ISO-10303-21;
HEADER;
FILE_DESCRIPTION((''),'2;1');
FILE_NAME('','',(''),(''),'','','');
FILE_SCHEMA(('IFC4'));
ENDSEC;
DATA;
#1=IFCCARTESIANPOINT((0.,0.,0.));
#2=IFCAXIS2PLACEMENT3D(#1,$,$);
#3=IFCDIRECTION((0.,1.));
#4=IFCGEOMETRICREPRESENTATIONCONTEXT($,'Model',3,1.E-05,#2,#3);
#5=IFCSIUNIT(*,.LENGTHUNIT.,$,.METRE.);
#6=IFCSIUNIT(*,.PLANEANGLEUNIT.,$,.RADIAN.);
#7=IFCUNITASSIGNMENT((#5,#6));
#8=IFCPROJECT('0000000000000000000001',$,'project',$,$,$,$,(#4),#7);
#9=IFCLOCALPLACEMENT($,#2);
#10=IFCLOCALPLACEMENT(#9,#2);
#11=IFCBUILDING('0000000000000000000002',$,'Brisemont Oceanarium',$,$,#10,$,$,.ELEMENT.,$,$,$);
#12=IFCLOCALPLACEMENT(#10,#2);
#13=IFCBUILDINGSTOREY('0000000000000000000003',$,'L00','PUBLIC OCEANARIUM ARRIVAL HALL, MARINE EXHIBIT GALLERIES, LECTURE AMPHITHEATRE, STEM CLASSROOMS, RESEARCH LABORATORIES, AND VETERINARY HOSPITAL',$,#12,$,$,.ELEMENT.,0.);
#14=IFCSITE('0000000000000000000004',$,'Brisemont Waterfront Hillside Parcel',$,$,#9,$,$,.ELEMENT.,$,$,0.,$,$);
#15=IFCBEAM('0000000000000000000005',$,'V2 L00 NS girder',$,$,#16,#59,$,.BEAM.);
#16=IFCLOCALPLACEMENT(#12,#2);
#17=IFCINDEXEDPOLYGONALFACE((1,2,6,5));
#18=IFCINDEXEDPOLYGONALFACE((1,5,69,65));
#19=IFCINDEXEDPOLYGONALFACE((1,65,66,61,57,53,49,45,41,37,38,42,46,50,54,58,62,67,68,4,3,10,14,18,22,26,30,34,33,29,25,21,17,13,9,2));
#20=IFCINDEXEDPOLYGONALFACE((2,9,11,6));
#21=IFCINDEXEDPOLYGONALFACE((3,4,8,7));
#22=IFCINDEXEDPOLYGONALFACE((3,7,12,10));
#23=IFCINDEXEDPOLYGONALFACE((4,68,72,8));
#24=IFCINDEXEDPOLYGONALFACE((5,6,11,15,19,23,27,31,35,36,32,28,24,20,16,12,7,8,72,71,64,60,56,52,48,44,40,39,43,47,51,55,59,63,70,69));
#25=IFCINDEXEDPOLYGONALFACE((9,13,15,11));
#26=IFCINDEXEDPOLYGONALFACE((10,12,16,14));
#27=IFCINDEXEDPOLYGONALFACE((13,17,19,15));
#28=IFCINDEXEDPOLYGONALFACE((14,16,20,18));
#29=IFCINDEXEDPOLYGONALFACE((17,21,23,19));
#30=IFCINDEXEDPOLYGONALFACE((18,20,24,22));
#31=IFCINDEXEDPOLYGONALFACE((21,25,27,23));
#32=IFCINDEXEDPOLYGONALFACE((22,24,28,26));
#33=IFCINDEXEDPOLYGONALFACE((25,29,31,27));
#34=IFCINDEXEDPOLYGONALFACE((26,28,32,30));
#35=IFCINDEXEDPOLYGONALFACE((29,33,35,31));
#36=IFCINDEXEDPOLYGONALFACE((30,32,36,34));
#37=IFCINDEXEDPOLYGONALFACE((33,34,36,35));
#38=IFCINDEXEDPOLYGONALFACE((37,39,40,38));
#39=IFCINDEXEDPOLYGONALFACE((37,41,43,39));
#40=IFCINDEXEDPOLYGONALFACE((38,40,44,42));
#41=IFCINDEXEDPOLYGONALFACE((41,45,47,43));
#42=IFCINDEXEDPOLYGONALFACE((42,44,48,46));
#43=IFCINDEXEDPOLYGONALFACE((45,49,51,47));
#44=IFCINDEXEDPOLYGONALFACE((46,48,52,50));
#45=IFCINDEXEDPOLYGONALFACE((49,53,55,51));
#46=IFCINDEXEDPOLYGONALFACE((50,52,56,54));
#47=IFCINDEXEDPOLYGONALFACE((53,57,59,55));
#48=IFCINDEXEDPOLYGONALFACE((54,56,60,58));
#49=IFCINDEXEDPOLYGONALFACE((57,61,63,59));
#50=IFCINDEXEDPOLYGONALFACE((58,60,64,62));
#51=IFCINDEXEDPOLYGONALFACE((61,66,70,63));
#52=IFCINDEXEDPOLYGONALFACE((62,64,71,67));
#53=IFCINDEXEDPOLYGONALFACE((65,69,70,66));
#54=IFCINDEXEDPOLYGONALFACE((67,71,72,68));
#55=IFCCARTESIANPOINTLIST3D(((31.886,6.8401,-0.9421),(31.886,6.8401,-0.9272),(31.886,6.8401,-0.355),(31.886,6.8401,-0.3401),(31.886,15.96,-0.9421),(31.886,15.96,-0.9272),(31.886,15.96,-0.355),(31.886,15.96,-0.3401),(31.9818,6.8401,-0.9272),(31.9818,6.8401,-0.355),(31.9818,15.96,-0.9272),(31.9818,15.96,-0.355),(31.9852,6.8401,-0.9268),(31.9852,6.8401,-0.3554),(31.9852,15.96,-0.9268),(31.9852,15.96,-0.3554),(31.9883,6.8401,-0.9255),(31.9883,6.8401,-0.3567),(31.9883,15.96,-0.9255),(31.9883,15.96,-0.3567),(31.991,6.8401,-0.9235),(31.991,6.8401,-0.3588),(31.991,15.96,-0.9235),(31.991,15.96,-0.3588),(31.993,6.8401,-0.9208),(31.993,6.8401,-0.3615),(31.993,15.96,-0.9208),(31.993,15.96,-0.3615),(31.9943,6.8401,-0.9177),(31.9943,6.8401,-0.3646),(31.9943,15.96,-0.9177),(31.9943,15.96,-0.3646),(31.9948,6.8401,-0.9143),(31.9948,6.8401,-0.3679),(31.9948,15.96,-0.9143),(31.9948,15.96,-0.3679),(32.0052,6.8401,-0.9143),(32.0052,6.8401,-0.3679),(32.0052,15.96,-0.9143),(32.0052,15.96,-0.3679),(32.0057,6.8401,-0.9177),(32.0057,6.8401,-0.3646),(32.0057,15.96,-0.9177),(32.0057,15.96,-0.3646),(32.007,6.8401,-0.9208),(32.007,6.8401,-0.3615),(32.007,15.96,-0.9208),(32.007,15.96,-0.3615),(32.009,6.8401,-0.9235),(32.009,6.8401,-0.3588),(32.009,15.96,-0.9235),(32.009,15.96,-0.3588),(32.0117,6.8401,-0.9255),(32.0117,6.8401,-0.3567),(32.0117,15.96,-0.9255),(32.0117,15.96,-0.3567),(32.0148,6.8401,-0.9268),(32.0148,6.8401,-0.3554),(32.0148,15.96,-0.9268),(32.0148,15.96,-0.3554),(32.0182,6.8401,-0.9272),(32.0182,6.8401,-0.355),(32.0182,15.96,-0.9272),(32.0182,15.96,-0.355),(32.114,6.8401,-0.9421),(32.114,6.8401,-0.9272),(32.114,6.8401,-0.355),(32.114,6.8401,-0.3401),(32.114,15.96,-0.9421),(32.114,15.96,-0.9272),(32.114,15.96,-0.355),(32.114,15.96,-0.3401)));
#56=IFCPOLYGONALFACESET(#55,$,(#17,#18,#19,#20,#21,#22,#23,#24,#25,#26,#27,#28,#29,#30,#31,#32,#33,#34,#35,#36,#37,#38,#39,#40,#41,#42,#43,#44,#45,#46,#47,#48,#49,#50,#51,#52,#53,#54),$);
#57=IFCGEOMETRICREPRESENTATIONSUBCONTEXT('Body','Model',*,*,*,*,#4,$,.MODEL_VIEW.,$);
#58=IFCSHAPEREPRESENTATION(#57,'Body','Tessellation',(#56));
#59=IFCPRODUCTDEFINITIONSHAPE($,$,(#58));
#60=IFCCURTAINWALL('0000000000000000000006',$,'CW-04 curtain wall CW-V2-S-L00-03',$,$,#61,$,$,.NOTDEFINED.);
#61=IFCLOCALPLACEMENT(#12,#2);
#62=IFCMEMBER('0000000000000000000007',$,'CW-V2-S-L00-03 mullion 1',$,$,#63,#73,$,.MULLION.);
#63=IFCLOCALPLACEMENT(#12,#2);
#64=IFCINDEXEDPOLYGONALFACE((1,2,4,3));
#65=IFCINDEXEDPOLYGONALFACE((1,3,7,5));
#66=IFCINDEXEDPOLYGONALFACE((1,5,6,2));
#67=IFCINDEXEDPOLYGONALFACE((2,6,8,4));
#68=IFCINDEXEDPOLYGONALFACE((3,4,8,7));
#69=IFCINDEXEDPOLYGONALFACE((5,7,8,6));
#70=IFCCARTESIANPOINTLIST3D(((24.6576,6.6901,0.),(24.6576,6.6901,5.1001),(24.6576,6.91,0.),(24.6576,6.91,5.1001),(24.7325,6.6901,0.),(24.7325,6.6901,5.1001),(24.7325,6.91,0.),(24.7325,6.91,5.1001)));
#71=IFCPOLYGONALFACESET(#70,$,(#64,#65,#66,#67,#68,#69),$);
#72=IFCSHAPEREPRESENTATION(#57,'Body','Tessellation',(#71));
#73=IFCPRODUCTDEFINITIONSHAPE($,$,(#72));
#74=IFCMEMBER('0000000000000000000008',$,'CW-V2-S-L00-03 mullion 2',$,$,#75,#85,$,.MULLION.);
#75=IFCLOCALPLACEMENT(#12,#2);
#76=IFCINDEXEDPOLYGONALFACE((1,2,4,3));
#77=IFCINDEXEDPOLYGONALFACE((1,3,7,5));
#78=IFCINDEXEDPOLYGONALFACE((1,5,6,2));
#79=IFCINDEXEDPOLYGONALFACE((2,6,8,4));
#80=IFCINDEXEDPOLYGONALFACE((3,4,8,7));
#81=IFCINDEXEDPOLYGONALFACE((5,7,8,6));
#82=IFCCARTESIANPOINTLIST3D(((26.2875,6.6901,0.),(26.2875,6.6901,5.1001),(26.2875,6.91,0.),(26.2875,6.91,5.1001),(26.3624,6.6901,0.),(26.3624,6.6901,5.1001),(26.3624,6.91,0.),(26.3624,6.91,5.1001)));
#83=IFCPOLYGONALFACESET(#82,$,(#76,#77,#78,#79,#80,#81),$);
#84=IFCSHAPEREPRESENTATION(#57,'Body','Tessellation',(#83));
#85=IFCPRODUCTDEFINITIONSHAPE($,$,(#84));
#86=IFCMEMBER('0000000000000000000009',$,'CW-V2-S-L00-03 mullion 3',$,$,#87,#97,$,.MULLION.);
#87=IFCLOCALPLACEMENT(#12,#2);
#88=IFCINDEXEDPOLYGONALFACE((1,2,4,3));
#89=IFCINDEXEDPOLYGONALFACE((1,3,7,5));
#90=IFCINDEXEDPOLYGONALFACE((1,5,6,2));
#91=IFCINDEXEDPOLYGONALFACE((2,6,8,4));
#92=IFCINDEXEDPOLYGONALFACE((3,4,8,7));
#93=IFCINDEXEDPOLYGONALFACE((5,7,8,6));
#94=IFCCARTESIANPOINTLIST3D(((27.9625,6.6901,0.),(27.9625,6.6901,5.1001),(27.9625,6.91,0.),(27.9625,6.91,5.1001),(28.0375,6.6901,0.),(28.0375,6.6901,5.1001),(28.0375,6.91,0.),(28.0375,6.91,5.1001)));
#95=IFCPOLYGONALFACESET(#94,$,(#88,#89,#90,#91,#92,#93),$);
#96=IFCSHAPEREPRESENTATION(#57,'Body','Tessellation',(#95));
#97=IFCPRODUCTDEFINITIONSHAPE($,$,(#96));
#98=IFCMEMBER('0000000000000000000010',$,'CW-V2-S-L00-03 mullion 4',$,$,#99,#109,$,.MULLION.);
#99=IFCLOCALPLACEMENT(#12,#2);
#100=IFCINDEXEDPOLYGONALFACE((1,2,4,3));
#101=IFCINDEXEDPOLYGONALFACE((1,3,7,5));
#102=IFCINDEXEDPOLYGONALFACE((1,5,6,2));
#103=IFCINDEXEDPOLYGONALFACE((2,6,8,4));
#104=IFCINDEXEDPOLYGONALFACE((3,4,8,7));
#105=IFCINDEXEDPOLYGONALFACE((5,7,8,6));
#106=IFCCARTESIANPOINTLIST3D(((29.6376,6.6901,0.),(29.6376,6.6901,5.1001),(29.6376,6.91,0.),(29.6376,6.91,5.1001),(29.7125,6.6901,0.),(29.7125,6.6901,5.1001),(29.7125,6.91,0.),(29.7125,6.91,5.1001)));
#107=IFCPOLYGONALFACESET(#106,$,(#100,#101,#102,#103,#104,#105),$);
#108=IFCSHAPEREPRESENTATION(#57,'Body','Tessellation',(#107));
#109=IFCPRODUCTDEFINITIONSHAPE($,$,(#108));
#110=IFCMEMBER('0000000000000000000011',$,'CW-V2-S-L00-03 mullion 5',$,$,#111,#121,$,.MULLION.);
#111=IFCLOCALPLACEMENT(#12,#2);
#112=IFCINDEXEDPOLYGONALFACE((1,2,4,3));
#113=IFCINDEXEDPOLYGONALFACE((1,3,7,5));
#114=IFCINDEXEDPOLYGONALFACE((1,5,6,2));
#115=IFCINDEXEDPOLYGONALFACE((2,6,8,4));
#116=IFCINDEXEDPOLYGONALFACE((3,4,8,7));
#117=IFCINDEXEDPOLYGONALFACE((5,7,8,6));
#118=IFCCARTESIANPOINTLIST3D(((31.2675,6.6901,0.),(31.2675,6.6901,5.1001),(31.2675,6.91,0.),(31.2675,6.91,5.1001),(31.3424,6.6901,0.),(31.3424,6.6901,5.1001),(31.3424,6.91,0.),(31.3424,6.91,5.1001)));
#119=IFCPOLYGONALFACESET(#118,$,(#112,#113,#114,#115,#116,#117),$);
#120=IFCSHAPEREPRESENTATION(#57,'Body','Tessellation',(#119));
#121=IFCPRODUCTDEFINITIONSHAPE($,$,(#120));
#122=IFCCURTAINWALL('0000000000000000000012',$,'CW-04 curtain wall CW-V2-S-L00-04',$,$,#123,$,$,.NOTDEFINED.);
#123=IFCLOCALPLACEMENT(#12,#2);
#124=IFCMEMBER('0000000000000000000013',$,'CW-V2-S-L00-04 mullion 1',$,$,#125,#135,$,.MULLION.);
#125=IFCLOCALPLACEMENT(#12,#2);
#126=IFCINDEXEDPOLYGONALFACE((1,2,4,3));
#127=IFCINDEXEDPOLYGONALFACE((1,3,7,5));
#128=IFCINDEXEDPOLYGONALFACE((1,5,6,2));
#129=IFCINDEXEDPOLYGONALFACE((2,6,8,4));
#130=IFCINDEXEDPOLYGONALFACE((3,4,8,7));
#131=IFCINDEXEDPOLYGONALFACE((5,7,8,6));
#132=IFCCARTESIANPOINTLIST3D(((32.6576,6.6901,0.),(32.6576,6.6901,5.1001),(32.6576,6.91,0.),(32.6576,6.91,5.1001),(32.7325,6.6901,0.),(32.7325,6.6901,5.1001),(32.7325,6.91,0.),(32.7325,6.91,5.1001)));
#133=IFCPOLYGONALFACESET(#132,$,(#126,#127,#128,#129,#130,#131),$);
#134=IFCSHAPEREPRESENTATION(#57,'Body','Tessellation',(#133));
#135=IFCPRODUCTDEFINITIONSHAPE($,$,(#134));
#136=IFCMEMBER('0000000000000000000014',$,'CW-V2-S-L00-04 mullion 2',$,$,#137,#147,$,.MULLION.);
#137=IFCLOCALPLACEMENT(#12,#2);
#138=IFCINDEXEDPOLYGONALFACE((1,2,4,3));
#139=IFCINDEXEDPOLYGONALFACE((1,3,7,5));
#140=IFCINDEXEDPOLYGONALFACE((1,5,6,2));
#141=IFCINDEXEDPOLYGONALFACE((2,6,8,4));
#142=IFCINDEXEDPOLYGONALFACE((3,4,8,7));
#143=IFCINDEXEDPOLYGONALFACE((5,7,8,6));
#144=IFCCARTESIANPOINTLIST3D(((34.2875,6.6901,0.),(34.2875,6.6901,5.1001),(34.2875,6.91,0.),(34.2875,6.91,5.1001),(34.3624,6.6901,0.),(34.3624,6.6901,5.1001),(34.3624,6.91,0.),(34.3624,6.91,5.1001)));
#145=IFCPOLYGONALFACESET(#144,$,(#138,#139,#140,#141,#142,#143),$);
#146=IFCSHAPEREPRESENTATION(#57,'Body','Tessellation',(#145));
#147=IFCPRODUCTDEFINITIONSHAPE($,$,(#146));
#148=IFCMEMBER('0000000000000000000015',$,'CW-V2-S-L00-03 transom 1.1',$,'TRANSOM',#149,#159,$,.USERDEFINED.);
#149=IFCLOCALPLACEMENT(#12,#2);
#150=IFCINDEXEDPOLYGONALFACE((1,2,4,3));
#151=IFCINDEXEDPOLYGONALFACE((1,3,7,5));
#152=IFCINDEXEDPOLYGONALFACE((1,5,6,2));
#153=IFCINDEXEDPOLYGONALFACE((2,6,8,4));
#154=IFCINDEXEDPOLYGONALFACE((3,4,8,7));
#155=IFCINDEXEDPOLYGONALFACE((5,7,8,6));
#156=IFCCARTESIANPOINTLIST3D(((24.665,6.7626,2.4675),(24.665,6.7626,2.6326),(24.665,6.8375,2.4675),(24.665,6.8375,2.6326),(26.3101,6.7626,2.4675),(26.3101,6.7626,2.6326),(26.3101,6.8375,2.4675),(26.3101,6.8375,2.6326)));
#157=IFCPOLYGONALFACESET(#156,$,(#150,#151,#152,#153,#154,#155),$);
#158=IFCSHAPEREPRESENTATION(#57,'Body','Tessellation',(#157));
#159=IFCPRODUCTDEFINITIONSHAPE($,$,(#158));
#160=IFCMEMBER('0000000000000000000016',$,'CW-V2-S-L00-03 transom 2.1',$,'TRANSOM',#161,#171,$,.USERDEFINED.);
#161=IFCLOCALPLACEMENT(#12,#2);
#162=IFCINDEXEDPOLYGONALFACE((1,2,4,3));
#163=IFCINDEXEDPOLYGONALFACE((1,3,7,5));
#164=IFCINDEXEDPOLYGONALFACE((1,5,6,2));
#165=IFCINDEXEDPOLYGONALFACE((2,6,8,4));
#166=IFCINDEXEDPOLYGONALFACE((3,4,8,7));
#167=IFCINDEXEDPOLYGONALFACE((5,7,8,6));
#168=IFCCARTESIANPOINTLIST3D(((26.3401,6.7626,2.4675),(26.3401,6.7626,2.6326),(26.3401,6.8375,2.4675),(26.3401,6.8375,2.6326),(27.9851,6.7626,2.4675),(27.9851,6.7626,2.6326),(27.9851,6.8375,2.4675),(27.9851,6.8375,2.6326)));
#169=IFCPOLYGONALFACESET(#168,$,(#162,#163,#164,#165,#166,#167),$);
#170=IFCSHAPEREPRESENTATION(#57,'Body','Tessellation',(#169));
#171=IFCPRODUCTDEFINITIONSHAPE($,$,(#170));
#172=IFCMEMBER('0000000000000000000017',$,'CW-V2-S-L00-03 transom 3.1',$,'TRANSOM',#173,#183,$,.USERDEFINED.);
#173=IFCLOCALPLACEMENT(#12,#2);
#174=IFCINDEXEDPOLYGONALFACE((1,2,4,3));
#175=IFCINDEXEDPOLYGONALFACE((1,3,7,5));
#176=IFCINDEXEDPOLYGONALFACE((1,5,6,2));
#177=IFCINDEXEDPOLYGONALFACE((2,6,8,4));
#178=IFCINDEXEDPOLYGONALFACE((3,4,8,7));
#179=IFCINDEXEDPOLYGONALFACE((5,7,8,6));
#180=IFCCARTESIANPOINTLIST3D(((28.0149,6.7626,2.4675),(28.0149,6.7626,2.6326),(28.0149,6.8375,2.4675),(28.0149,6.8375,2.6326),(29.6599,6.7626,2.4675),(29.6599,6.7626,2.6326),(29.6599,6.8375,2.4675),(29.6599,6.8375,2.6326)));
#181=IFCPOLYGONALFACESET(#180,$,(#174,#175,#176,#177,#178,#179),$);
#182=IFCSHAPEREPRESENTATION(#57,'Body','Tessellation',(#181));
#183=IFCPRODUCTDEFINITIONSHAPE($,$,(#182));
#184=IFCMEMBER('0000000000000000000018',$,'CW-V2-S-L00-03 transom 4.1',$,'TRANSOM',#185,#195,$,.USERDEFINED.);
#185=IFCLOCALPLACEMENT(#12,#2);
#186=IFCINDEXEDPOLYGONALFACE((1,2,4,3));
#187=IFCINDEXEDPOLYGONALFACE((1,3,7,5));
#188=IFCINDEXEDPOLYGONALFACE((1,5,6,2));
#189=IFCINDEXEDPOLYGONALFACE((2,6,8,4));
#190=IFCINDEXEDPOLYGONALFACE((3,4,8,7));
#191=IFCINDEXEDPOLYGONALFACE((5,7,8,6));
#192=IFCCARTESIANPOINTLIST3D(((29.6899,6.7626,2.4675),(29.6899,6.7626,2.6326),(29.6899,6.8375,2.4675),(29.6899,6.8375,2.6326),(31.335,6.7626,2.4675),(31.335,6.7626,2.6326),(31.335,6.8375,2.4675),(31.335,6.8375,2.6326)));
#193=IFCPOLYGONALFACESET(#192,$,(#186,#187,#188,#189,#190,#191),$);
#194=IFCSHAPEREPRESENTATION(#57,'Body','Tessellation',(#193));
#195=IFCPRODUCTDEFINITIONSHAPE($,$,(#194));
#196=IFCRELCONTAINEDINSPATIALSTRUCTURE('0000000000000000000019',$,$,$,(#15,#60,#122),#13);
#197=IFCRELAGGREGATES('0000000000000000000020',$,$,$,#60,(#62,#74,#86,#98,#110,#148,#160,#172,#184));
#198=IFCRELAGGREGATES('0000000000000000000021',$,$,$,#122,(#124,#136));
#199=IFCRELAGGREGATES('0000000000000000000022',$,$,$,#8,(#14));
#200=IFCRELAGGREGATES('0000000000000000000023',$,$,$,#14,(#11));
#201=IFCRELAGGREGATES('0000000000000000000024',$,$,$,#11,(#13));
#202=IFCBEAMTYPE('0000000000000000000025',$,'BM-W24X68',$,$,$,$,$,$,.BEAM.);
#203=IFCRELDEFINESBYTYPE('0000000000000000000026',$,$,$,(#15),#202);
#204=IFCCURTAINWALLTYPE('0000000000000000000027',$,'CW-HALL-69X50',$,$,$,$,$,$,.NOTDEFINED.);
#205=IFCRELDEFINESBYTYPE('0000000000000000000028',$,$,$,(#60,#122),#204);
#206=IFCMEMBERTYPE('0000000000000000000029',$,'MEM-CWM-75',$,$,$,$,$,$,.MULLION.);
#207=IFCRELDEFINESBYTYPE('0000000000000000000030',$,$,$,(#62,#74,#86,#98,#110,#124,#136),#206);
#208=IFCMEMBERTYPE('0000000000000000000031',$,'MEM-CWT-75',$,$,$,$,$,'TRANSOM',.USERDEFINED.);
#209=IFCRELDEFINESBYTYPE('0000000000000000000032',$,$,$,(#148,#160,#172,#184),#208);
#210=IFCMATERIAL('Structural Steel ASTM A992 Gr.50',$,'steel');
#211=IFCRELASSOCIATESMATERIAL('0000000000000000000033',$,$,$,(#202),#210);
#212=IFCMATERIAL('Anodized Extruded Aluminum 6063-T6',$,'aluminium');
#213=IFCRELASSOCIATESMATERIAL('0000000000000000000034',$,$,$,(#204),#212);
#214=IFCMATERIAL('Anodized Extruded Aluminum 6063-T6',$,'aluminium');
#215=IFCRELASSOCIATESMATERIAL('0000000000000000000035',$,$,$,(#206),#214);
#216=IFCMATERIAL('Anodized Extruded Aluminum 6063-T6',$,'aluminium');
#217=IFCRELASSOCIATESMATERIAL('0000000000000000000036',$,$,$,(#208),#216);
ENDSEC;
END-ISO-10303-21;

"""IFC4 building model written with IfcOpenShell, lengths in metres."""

from ifc_helpers import new_model, si_unit, direction, frame, origin, origin_2d, place, context, subcontext, project, spatial, rectangle, i_section, extrude, material, material_profile, profile_set, type_object, element, aggregate, save


model = new_model("IFC4")

# Units and contexts
model_context = context("Model", 3, precision=1e-05, world=origin(), true_north=direction((0.0, 1.0)))
body_context = subcontext(model_context, "Body", "Model", "MODEL_VIEW")
ifc_project = project(units=[si_unit("LENGTHUNIT", "METRE"), si_unit("PLANEANGLEUNIT", "RADIAN")], contexts=[model_context])

# Site, building, storey
site_placement = place(None, origin())
site = spatial("IfcSite", under=ifc_project, at=site_placement, Name="Brisemont Waterfront Hillside Parcel", CompositionType="ELEMENT", RefElevation=0.0)
building_placement = place(site_placement, origin())
building = spatial("IfcBuilding", under=site, at=building_placement, Name="Brisemont Oceanarium", CompositionType="ELEMENT")
storey_placement = place(building_placement, origin())
storey = spatial("IfcBuildingStorey", under=building, at=storey_placement, Name="L00", Description="PUBLIC OCEANARIUM ARRIVAL HALL, MARINE EXHIBIT GALLERIES, LECTURE AMPHITHEATRE, STEM CLASSROOMS, RESEARCH LABORATORIES, AND VETERINARY HOSPITAL", CompositionType="ELEMENT", Elevation=0.0)

# Beam
ifc_material_1 = material(Name="Structural Steel ASTM A992 Gr.50", Category="steel")
ifc_material_profile_1 = material_profile(ifc_material_1, i_section(OverallWidth=0.228, OverallDepth=0.6021, WebThickness=0.0105, FlangeThickness=0.0149, FilletRadius=0.0129, at=origin_2d()), Name="W24X68")
ifc_profile_set_1 = profile_set([ifc_material_profile_1], Name="Structural Steel ASTM A992 Gr.50")
beam_type_1 = type_object("IfcBeamType", Name="BM-W24X68", PredefinedType="BEAM", material=ifc_profile_set_1)
beam_1_placement = place(storey_placement, frame((32.0, 6.8401, -0.6411), z_axis=(0.0, 1.0, 0.0), x_axis=(-1.0, 0.0, 0.0)))
element("IfcBeam", 1, at=beam_1_placement, inside=storey, type_object=beam_type_1, Name="V2 L00 NS girder", PredefinedType="BEAM", context=body_context, shape_type="SweptSolid", body=[
    extrude(i_section(OverallWidth=0.228, OverallDepth=0.6021, WebThickness=0.0105, FlangeThickness=0.0149, FilletRadius=0.0129, at=origin_2d()), origin(), (0.0, 0.0, 1.0), 9.1199),
])

# Curtain walls, members
ifc_material_2 = material(Name="Anodized Extruded Aluminum 6063-T6", Category="aluminium")
curtain_wall_type = type_object("IfcCurtainWallType", Name="CW-HALL-69X50", PredefinedType="NOTDEFINED", material=ifc_material_2)
curtain_wall_1_placement = place(storey_placement, origin())
curtain_wall_1 = element("IfcCurtainWall", 2, at=curtain_wall_1_placement, inside=storey, type_object=curtain_wall_type, Name="CW-04 curtain wall CW-V2-S-L00-03", PredefinedType="NOTDEFINED")
ifc_material_3 = material(Name="Anodized Extruded Aluminum 6063-T6", Category="aluminium")
ifc_material_profile_2 = material_profile(ifc_material_3, rectangle(XDim=0.075, YDim=0.22, at=origin_2d()), Name="CWM-75X220")
ifc_profile_set_2 = profile_set([ifc_material_profile_2], Name="Anodized Extruded Aluminum 6063-T6")
member_type_1 = type_object("IfcMemberType", Name="MEM-CWM-75", PredefinedType="MULLION", material=ifc_profile_set_2)
member_1_placement = place(storey_placement, frame((24.6951, 6.8, 0.0), z_axis=(0.0, 0.0, 1.0), x_axis=(1.0, 0.0, 0.0)))
member_1 = element("IfcMember", 3, at=member_1_placement, type_object=member_type_1, Name="CW-V2-S-L00-03 mullion 1", PredefinedType="MULLION", context=body_context, shape_type="SweptSolid", body=[
    extrude(rectangle(XDim=0.075, YDim=0.22, at=origin_2d()), origin(), (0.0, 0.0, 1.0), 5.1001),
])
member_2_placement = place(storey_placement, frame((26.325, 6.8, 0.0), z_axis=(0.0, 0.0, 1.0), x_axis=(1.0, 0.0, 0.0)))
member_2 = element("IfcMember", 4, at=member_2_placement, type_object=member_type_1, Name="CW-V2-S-L00-03 mullion 2", PredefinedType="MULLION", context=body_context, shape_type="SweptSolid", body=[
    extrude(rectangle(XDim=0.075, YDim=0.22, at=origin_2d()), origin(), (0.0, 0.0, 1.0), 5.1001),
])
member_3_placement = place(storey_placement, frame((28.0, 6.8, 0.0), z_axis=(0.0, 0.0, 1.0), x_axis=(1.0, 0.0, 0.0)))
member_3 = element("IfcMember", 5, at=member_3_placement, type_object=member_type_1, Name="CW-V2-S-L00-03 mullion 3", PredefinedType="MULLION", context=body_context, shape_type="SweptSolid", body=[
    extrude(rectangle(XDim=0.075, YDim=0.22, at=origin_2d()), origin(), (0.0, 0.0, 1.0), 5.1001),
])
member_4_placement = place(storey_placement, frame((29.675, 6.8, 0.0), z_axis=(0.0, 0.0, 1.0), x_axis=(1.0, 0.0, 0.0)))
member_4 = element("IfcMember", 6, at=member_4_placement, type_object=member_type_1, Name="CW-V2-S-L00-03 mullion 4", PredefinedType="MULLION", context=body_context, shape_type="SweptSolid", body=[
    extrude(rectangle(XDim=0.075, YDim=0.22, at=origin_2d()), origin(), (0.0, 0.0, 1.0), 5.1001),
])
member_5_placement = place(storey_placement, frame((31.3049, 6.8, 0.0), z_axis=(0.0, 0.0, 1.0), x_axis=(1.0, 0.0, 0.0)))
member_5 = element("IfcMember", 7, at=member_5_placement, type_object=member_type_1, Name="CW-V2-S-L00-03 mullion 5", PredefinedType="MULLION", context=body_context, shape_type="SweptSolid", body=[
    extrude(rectangle(XDim=0.075, YDim=0.22, at=origin_2d()), origin(), (0.0, 0.0, 1.0), 5.1001),
])
curtain_wall_2_placement = place(storey_placement, origin())
curtain_wall_2 = element("IfcCurtainWall", 8, at=curtain_wall_2_placement, inside=storey, type_object=curtain_wall_type, Name="CW-04 curtain wall CW-V2-S-L00-04", PredefinedType="NOTDEFINED")
member_6_placement = place(storey_placement, frame((32.6951, 6.8, 0.0), z_axis=(0.0, 0.0, 1.0), x_axis=(1.0, 0.0, 0.0)))
member_6 = element("IfcMember", 9, at=member_6_placement, type_object=member_type_1, Name="CW-V2-S-L00-04 mullion 1", PredefinedType="MULLION", context=body_context, shape_type="SweptSolid", body=[
    extrude(rectangle(XDim=0.075, YDim=0.22, at=origin_2d()), origin(), (0.0, 0.0, 1.0), 5.1001),
])
member_7_placement = place(storey_placement, frame((34.325, 6.8, 0.0), z_axis=(0.0, 0.0, 1.0), x_axis=(1.0, 0.0, 0.0)))
member_7 = element("IfcMember", 10, at=member_7_placement, type_object=member_type_1, Name="CW-V2-S-L00-04 mullion 2", PredefinedType="MULLION", context=body_context, shape_type="SweptSolid", body=[
    extrude(rectangle(XDim=0.075, YDim=0.22, at=origin_2d()), origin(), (0.0, 0.0, 1.0), 5.1001),
])

# Members
ifc_material_4 = material(Name="Anodized Extruded Aluminum 6063-T6", Category="aluminium")
ifc_material_profile_3 = material_profile(ifc_material_4, rectangle(XDim=0.075, YDim=0.165, at=origin_2d()), Name="CWT-75X165")
ifc_profile_set_3 = profile_set([ifc_material_profile_3], Name="Anodized Extruded Aluminum 6063-T6")
member_type_2 = type_object("IfcMemberType", Name="MEM-CWT-75", ElementType="TRANSOM", PredefinedType="USERDEFINED", material=ifc_profile_set_3)
member_8_placement = place(storey_placement, frame((24.665, 6.8, 2.55), z_axis=(1.0, 0.0, 0.0), x_axis=(0.0, 1.0, 0.0)))
member_8 = element("IfcMember", 11, at=member_8_placement, type_object=member_type_2, Name="CW-V2-S-L00-03 transom 1.1", ObjectType="TRANSOM", PredefinedType="USERDEFINED", context=body_context, shape_type="SweptSolid", body=[
    extrude(rectangle(XDim=0.075, YDim=0.165, at=origin_2d()), origin(), (0.0, 0.0, 1.0), 1.645),
])
member_9_placement = place(storey_placement, frame((26.3401, 6.8, 2.55), z_axis=(1.0, 0.0, 0.0), x_axis=(0.0, 1.0, 0.0)))
member_9 = element("IfcMember", 12, at=member_9_placement, type_object=member_type_2, Name="CW-V2-S-L00-03 transom 2.1", ObjectType="TRANSOM", PredefinedType="USERDEFINED", context=body_context, shape_type="SweptSolid", body=[
    extrude(rectangle(XDim=0.075, YDim=0.165, at=origin_2d()), origin(), (0.0, 0.0, 1.0), 1.645),
])
member_10_placement = place(storey_placement, frame((28.0149, 6.8, 2.55), z_axis=(1.0, 0.0, 0.0), x_axis=(0.0, 1.0, 0.0)))
member_10 = element("IfcMember", 13, at=member_10_placement, type_object=member_type_2, Name="CW-V2-S-L00-03 transom 3.1", ObjectType="TRANSOM", PredefinedType="USERDEFINED", context=body_context, shape_type="SweptSolid", body=[
    extrude(rectangle(XDim=0.075, YDim=0.165, at=origin_2d()), origin(), (0.0, 0.0, 1.0), 1.645),
])
member_11_placement = place(storey_placement, frame((29.6899, 6.8, 2.55), z_axis=(1.0, 0.0, 0.0), x_axis=(0.0, 1.0, 0.0)))
member_11 = element("IfcMember", 14, at=member_11_placement, type_object=member_type_2, Name="CW-V2-S-L00-03 transom 4.1", ObjectType="TRANSOM", PredefinedType="USERDEFINED", context=body_context, shape_type="SweptSolid", body=[
    extrude(rectangle(XDim=0.075, YDim=0.165, at=origin_2d()), origin(), (0.0, 0.0, 1.0), 1.645),
])

aggregate(curtain_wall_1, [member_1, member_2, member_3, member_4, member_5, member_8, member_9, member_10, member_11])
aggregate(curtain_wall_2, [member_6, member_7])

save(model, "model.ifc")
